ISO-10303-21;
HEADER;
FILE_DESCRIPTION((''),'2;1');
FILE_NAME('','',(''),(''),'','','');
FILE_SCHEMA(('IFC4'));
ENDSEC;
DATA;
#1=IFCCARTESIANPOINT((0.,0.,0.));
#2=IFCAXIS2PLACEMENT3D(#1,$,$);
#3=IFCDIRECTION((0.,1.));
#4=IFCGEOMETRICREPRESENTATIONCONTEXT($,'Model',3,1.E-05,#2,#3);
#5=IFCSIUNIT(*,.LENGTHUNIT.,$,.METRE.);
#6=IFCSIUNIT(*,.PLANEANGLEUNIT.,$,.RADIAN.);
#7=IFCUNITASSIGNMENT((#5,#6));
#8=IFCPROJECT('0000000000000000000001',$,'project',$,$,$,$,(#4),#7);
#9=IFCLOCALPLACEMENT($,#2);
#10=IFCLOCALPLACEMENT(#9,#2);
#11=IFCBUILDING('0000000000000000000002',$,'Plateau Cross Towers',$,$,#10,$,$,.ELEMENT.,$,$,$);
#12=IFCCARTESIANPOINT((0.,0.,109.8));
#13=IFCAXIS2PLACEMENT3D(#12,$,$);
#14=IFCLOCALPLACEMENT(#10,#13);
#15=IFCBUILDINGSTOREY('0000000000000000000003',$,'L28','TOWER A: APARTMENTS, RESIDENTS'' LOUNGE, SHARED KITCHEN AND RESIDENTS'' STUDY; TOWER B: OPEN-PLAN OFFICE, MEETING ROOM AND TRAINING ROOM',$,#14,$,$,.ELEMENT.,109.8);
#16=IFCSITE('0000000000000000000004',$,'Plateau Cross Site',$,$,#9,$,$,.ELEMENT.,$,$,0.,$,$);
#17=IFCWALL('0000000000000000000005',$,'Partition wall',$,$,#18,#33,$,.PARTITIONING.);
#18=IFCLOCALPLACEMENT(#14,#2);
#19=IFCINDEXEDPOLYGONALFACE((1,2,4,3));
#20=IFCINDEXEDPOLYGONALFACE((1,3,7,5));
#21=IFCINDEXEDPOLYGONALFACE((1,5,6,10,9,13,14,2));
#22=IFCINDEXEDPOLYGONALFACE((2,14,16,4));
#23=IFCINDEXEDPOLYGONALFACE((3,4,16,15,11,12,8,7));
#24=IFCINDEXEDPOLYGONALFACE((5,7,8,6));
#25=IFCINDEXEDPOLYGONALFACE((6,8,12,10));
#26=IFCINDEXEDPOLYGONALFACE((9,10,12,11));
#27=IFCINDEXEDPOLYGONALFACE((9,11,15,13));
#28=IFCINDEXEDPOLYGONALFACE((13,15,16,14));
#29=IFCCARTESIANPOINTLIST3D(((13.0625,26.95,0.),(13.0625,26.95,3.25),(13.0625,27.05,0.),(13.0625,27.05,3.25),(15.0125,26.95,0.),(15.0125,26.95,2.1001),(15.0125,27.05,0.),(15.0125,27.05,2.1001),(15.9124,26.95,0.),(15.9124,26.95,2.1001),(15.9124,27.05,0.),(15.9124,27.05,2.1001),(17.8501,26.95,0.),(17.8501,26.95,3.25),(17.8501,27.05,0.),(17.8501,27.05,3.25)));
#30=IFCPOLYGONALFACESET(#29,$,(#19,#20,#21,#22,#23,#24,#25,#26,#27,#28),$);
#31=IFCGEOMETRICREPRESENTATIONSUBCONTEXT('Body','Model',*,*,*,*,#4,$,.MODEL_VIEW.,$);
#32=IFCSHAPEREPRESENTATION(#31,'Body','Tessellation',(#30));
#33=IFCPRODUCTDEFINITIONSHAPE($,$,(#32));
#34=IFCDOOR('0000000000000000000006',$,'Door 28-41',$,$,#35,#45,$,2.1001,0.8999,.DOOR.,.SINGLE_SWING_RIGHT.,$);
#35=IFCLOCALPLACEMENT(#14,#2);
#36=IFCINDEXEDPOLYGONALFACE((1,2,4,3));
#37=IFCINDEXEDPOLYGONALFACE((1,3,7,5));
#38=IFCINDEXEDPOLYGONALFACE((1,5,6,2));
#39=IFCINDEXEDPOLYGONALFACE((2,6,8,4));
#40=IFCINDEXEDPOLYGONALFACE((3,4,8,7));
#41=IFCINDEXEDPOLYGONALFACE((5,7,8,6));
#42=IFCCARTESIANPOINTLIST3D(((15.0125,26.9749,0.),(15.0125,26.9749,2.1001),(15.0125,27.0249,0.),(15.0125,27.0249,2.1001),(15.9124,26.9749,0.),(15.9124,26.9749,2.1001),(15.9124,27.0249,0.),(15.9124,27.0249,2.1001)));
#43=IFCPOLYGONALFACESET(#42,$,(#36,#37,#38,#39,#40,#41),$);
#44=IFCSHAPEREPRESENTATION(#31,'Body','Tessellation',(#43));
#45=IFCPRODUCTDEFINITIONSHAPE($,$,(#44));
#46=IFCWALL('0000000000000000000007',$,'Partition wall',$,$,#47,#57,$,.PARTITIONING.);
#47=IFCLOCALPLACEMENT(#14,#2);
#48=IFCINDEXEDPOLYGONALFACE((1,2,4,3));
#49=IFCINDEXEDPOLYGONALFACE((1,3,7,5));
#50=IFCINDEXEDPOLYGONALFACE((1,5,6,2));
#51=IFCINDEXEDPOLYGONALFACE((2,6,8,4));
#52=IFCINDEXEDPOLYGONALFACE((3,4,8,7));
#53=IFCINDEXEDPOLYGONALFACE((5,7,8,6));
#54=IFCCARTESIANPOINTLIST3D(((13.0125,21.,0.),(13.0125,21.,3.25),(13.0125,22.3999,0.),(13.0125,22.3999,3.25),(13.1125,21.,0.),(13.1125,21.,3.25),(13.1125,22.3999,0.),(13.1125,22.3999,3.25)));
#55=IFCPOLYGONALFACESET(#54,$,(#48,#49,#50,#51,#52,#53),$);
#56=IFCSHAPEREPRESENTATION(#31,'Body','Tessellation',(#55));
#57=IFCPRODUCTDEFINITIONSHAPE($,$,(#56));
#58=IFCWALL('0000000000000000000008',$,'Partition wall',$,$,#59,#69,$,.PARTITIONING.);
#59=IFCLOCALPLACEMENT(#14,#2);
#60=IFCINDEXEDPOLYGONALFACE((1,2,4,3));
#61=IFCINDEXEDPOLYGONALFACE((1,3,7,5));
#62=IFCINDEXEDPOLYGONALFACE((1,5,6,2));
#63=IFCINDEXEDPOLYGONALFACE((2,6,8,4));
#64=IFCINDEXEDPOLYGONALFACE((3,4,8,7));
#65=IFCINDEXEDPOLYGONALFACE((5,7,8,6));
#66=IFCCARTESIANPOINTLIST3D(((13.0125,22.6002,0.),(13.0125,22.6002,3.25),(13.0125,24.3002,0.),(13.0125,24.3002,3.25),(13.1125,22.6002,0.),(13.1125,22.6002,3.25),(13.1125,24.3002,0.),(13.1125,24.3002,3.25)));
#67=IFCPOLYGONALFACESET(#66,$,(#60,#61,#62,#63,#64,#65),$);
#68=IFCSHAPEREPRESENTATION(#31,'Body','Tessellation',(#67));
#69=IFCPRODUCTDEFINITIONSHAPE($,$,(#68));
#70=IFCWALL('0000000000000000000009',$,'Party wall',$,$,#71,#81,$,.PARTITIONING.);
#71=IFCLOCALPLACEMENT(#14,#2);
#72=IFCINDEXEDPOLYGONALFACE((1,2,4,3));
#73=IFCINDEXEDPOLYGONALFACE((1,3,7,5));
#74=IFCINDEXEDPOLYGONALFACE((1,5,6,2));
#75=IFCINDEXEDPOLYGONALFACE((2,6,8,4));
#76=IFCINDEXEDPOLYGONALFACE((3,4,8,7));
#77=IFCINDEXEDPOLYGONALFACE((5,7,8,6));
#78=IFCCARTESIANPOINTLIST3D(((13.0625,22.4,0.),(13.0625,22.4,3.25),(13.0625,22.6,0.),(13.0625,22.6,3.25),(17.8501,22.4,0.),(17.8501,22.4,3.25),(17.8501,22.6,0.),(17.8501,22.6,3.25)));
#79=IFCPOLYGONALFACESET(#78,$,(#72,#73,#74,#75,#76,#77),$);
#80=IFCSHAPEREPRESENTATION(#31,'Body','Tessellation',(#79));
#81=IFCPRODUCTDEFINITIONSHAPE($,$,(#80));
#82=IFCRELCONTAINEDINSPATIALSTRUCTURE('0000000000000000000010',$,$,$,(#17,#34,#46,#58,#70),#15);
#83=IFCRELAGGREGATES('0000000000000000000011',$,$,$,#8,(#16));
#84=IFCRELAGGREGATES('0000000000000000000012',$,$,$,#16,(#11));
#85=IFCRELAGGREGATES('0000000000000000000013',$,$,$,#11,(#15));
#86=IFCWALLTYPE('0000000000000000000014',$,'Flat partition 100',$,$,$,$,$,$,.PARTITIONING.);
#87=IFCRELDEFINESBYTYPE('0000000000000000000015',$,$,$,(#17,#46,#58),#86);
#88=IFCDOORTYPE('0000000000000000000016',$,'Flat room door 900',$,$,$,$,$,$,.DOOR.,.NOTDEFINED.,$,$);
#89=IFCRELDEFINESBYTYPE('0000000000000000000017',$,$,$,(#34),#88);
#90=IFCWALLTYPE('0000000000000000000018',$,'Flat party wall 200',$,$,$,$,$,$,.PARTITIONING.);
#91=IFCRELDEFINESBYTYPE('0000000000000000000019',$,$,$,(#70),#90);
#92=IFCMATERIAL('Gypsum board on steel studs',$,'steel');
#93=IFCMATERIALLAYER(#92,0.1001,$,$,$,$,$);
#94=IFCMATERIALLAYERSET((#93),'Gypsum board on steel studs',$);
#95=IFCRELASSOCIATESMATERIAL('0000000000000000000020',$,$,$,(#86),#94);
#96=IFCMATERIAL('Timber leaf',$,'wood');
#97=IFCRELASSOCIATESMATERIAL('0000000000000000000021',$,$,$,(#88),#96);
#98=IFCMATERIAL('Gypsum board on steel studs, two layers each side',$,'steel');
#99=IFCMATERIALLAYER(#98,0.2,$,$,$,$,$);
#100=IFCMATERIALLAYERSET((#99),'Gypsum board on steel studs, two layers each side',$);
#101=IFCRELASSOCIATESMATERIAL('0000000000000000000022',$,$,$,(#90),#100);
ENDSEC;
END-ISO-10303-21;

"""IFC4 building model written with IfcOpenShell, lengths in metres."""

from ifc_helpers import new_model, si_unit, direction, frame, frame_2d, origin, place, context, subcontext, project, spatial, rectangle, extrude, material, layer, layer_set, type_object, element, fill, save


model = new_model("IFC4")

# Units and contexts
model_context = context("Model", 3, precision=1e-05, world=origin(), true_north=direction((0.0, 1.0)))
body_context = subcontext(model_context, "Body", "Model", "MODEL_VIEW")
ifc_project = project(units=[si_unit("LENGTHUNIT", "METRE"), si_unit("PLANEANGLEUNIT", "RADIAN")], contexts=[model_context])

# Site, building, storey
site_placement = place(None, origin())
site = spatial("IfcSite", under=ifc_project, at=site_placement, Name="Plateau Cross Site", CompositionType="ELEMENT", RefElevation=0.0)
building_placement = place(site_placement, origin())
building = spatial("IfcBuilding", under=site, at=building_placement, Name="Plateau Cross Towers", CompositionType="ELEMENT")
storey_placement = place(building_placement, frame((0.0, 0.0, 109.8)))
storey = spatial("IfcBuildingStorey", under=building, at=storey_placement, Name="L28", Description="TOWER A: APARTMENTS, RESIDENTS' LOUNGE, SHARED KITCHEN AND RESIDENTS' STUDY; TOWER B: OPEN-PLAN OFFICE, MEETING ROOM AND TRAINING ROOM", CompositionType="ELEMENT", Elevation=109.8)

# Wall, opening, door
ifc_material_1 = material(Name="Gypsum board on steel studs", Category="steel")
ifc_layer_1 = layer(ifc_material_1, 0.1001)
ifc_layer_set_1 = layer_set([ifc_layer_1], Name="Gypsum board on steel studs")
wall_type_1 = type_object("IfcWallType", Name="Flat partition 100", PredefinedType="PARTITIONING", material=ifc_layer_set_1)
ifc_material_2 = material(Name="Timber leaf", Category="wood")
door_type = type_object("IfcDoorType", Name="Flat room door 900", OperationType="NOTDEFINED", PredefinedType="DOOR", material=ifc_material_2)
wall_1_placement = place(storey_placement, frame((13.0625, 27.0, 0.0), z_axis=(0.0, 0.0, 1.0), x_axis=(1.0, 0.0, 0.0)))
wall_1 = element("IfcWall", 1, at=wall_1_placement, inside=storey, type_object=wall_type_1, Name="Partition wall", PredefinedType="PARTITIONING", context=body_context, shape_type="SweptSolid", body=[
    extrude(rectangle(XDim=4.7876, YDim=0.1001, at=frame_2d((2.3938, 0.0))), origin(), (0.0, 0.0, 1.0), 3.25),
])
opening_1_placement = place(wall_1_placement, frame((1.95, 0.0, 0.0)))
opening_1 = element("IfcOpeningElement", 2, at=opening_1_placement, cuts=wall_1, PredefinedType="OPENING", context=body_context, shape_type="SweptSolid", body=[
    extrude(rectangle(XDim=0.8999, YDim=2.1001, at=frame_2d((0.45, 1.05))), frame((0.0, 0.0601, 0.0), z_axis=(0.0, -1.0, 0.0), x_axis=(1.0, 0.0, 0.0)), (0.0, 0.0, 1.0), 0.1201),
])
door_1_placement = place(opening_1_placement, origin())
door_1 = element("IfcDoor", 3, at=door_1_placement, inside=storey, type_object=door_type, Name="Door 28-41", OperationType="SINGLE_SWING_RIGHT", OverallHeight=2.1001, OverallWidth=0.8999, PredefinedType="DOOR", context=body_context, shape_type="SweptSolid", body=[
    extrude(rectangle(XDim=0.8999, YDim=2.1001, at=frame_2d((0.45, 1.05))), frame((0.0, 0.0249, 0.0), z_axis=(0.0, -1.0, 0.0), x_axis=(1.0, 0.0, 0.0)), (0.0, 0.0, 1.0), 0.05),
])
fill(opening_1, door_1)

# Walls
wall_2_placement = place(storey_placement, frame((13.0625, 21.0, 0.0), z_axis=(0.0, 0.0, 1.0), x_axis=(0.0, 1.0, 0.0)))
element("IfcWall", 4, at=wall_2_placement, inside=storey, type_object=wall_type_1, Name="Partition wall", PredefinedType="PARTITIONING", context=body_context, shape_type="SweptSolid", body=[
    extrude(rectangle(XDim=1.3999, YDim=0.1001, at=frame_2d((0.7, 0.0))), origin(), (0.0, 0.0, 1.0), 3.25),
])
wall_3_placement = place(storey_placement, frame((13.0625, 22.6001, 0.0), z_axis=(0.0, 0.0, 1.0), x_axis=(0.0, 1.0, 0.0)))
element("IfcWall", 5, at=wall_3_placement, inside=storey, type_object=wall_type_1, Name="Partition wall", PredefinedType="PARTITIONING", context=body_context, shape_type="SweptSolid", body=[
    extrude(rectangle(XDim=1.7, YDim=0.1001, at=frame_2d((0.8501, 0.0))), origin(), (0.0, 0.0, 1.0), 3.25),
])
ifc_material_3 = material(Name="Gypsum board on steel studs, two layers each side", Category="steel")
ifc_layer_2 = layer(ifc_material_3, 0.2)
ifc_layer_set_2 = layer_set([ifc_layer_2], Name="Gypsum board on steel studs, two layers each side")
wall_type_2 = type_object("IfcWallType", Name="Flat party wall 200", PredefinedType="PARTITIONING", material=ifc_layer_set_2)
wall_4_placement = place(storey_placement, frame((13.0625, 22.5, 0.0), z_axis=(0.0, 0.0, 1.0), x_axis=(1.0, 0.0, 0.0)))
element("IfcWall", 6, at=wall_4_placement, inside=storey, type_object=wall_type_2, Name="Party wall", PredefinedType="PARTITIONING", context=body_context, shape_type="SweptSolid", body=[
    extrude(rectangle(XDim=4.7876, YDim=0.2, at=frame_2d((2.3938, 0.0))), origin(), (0.0, 0.0, 1.0), 3.25),
])

save(model, "model.ifc")
